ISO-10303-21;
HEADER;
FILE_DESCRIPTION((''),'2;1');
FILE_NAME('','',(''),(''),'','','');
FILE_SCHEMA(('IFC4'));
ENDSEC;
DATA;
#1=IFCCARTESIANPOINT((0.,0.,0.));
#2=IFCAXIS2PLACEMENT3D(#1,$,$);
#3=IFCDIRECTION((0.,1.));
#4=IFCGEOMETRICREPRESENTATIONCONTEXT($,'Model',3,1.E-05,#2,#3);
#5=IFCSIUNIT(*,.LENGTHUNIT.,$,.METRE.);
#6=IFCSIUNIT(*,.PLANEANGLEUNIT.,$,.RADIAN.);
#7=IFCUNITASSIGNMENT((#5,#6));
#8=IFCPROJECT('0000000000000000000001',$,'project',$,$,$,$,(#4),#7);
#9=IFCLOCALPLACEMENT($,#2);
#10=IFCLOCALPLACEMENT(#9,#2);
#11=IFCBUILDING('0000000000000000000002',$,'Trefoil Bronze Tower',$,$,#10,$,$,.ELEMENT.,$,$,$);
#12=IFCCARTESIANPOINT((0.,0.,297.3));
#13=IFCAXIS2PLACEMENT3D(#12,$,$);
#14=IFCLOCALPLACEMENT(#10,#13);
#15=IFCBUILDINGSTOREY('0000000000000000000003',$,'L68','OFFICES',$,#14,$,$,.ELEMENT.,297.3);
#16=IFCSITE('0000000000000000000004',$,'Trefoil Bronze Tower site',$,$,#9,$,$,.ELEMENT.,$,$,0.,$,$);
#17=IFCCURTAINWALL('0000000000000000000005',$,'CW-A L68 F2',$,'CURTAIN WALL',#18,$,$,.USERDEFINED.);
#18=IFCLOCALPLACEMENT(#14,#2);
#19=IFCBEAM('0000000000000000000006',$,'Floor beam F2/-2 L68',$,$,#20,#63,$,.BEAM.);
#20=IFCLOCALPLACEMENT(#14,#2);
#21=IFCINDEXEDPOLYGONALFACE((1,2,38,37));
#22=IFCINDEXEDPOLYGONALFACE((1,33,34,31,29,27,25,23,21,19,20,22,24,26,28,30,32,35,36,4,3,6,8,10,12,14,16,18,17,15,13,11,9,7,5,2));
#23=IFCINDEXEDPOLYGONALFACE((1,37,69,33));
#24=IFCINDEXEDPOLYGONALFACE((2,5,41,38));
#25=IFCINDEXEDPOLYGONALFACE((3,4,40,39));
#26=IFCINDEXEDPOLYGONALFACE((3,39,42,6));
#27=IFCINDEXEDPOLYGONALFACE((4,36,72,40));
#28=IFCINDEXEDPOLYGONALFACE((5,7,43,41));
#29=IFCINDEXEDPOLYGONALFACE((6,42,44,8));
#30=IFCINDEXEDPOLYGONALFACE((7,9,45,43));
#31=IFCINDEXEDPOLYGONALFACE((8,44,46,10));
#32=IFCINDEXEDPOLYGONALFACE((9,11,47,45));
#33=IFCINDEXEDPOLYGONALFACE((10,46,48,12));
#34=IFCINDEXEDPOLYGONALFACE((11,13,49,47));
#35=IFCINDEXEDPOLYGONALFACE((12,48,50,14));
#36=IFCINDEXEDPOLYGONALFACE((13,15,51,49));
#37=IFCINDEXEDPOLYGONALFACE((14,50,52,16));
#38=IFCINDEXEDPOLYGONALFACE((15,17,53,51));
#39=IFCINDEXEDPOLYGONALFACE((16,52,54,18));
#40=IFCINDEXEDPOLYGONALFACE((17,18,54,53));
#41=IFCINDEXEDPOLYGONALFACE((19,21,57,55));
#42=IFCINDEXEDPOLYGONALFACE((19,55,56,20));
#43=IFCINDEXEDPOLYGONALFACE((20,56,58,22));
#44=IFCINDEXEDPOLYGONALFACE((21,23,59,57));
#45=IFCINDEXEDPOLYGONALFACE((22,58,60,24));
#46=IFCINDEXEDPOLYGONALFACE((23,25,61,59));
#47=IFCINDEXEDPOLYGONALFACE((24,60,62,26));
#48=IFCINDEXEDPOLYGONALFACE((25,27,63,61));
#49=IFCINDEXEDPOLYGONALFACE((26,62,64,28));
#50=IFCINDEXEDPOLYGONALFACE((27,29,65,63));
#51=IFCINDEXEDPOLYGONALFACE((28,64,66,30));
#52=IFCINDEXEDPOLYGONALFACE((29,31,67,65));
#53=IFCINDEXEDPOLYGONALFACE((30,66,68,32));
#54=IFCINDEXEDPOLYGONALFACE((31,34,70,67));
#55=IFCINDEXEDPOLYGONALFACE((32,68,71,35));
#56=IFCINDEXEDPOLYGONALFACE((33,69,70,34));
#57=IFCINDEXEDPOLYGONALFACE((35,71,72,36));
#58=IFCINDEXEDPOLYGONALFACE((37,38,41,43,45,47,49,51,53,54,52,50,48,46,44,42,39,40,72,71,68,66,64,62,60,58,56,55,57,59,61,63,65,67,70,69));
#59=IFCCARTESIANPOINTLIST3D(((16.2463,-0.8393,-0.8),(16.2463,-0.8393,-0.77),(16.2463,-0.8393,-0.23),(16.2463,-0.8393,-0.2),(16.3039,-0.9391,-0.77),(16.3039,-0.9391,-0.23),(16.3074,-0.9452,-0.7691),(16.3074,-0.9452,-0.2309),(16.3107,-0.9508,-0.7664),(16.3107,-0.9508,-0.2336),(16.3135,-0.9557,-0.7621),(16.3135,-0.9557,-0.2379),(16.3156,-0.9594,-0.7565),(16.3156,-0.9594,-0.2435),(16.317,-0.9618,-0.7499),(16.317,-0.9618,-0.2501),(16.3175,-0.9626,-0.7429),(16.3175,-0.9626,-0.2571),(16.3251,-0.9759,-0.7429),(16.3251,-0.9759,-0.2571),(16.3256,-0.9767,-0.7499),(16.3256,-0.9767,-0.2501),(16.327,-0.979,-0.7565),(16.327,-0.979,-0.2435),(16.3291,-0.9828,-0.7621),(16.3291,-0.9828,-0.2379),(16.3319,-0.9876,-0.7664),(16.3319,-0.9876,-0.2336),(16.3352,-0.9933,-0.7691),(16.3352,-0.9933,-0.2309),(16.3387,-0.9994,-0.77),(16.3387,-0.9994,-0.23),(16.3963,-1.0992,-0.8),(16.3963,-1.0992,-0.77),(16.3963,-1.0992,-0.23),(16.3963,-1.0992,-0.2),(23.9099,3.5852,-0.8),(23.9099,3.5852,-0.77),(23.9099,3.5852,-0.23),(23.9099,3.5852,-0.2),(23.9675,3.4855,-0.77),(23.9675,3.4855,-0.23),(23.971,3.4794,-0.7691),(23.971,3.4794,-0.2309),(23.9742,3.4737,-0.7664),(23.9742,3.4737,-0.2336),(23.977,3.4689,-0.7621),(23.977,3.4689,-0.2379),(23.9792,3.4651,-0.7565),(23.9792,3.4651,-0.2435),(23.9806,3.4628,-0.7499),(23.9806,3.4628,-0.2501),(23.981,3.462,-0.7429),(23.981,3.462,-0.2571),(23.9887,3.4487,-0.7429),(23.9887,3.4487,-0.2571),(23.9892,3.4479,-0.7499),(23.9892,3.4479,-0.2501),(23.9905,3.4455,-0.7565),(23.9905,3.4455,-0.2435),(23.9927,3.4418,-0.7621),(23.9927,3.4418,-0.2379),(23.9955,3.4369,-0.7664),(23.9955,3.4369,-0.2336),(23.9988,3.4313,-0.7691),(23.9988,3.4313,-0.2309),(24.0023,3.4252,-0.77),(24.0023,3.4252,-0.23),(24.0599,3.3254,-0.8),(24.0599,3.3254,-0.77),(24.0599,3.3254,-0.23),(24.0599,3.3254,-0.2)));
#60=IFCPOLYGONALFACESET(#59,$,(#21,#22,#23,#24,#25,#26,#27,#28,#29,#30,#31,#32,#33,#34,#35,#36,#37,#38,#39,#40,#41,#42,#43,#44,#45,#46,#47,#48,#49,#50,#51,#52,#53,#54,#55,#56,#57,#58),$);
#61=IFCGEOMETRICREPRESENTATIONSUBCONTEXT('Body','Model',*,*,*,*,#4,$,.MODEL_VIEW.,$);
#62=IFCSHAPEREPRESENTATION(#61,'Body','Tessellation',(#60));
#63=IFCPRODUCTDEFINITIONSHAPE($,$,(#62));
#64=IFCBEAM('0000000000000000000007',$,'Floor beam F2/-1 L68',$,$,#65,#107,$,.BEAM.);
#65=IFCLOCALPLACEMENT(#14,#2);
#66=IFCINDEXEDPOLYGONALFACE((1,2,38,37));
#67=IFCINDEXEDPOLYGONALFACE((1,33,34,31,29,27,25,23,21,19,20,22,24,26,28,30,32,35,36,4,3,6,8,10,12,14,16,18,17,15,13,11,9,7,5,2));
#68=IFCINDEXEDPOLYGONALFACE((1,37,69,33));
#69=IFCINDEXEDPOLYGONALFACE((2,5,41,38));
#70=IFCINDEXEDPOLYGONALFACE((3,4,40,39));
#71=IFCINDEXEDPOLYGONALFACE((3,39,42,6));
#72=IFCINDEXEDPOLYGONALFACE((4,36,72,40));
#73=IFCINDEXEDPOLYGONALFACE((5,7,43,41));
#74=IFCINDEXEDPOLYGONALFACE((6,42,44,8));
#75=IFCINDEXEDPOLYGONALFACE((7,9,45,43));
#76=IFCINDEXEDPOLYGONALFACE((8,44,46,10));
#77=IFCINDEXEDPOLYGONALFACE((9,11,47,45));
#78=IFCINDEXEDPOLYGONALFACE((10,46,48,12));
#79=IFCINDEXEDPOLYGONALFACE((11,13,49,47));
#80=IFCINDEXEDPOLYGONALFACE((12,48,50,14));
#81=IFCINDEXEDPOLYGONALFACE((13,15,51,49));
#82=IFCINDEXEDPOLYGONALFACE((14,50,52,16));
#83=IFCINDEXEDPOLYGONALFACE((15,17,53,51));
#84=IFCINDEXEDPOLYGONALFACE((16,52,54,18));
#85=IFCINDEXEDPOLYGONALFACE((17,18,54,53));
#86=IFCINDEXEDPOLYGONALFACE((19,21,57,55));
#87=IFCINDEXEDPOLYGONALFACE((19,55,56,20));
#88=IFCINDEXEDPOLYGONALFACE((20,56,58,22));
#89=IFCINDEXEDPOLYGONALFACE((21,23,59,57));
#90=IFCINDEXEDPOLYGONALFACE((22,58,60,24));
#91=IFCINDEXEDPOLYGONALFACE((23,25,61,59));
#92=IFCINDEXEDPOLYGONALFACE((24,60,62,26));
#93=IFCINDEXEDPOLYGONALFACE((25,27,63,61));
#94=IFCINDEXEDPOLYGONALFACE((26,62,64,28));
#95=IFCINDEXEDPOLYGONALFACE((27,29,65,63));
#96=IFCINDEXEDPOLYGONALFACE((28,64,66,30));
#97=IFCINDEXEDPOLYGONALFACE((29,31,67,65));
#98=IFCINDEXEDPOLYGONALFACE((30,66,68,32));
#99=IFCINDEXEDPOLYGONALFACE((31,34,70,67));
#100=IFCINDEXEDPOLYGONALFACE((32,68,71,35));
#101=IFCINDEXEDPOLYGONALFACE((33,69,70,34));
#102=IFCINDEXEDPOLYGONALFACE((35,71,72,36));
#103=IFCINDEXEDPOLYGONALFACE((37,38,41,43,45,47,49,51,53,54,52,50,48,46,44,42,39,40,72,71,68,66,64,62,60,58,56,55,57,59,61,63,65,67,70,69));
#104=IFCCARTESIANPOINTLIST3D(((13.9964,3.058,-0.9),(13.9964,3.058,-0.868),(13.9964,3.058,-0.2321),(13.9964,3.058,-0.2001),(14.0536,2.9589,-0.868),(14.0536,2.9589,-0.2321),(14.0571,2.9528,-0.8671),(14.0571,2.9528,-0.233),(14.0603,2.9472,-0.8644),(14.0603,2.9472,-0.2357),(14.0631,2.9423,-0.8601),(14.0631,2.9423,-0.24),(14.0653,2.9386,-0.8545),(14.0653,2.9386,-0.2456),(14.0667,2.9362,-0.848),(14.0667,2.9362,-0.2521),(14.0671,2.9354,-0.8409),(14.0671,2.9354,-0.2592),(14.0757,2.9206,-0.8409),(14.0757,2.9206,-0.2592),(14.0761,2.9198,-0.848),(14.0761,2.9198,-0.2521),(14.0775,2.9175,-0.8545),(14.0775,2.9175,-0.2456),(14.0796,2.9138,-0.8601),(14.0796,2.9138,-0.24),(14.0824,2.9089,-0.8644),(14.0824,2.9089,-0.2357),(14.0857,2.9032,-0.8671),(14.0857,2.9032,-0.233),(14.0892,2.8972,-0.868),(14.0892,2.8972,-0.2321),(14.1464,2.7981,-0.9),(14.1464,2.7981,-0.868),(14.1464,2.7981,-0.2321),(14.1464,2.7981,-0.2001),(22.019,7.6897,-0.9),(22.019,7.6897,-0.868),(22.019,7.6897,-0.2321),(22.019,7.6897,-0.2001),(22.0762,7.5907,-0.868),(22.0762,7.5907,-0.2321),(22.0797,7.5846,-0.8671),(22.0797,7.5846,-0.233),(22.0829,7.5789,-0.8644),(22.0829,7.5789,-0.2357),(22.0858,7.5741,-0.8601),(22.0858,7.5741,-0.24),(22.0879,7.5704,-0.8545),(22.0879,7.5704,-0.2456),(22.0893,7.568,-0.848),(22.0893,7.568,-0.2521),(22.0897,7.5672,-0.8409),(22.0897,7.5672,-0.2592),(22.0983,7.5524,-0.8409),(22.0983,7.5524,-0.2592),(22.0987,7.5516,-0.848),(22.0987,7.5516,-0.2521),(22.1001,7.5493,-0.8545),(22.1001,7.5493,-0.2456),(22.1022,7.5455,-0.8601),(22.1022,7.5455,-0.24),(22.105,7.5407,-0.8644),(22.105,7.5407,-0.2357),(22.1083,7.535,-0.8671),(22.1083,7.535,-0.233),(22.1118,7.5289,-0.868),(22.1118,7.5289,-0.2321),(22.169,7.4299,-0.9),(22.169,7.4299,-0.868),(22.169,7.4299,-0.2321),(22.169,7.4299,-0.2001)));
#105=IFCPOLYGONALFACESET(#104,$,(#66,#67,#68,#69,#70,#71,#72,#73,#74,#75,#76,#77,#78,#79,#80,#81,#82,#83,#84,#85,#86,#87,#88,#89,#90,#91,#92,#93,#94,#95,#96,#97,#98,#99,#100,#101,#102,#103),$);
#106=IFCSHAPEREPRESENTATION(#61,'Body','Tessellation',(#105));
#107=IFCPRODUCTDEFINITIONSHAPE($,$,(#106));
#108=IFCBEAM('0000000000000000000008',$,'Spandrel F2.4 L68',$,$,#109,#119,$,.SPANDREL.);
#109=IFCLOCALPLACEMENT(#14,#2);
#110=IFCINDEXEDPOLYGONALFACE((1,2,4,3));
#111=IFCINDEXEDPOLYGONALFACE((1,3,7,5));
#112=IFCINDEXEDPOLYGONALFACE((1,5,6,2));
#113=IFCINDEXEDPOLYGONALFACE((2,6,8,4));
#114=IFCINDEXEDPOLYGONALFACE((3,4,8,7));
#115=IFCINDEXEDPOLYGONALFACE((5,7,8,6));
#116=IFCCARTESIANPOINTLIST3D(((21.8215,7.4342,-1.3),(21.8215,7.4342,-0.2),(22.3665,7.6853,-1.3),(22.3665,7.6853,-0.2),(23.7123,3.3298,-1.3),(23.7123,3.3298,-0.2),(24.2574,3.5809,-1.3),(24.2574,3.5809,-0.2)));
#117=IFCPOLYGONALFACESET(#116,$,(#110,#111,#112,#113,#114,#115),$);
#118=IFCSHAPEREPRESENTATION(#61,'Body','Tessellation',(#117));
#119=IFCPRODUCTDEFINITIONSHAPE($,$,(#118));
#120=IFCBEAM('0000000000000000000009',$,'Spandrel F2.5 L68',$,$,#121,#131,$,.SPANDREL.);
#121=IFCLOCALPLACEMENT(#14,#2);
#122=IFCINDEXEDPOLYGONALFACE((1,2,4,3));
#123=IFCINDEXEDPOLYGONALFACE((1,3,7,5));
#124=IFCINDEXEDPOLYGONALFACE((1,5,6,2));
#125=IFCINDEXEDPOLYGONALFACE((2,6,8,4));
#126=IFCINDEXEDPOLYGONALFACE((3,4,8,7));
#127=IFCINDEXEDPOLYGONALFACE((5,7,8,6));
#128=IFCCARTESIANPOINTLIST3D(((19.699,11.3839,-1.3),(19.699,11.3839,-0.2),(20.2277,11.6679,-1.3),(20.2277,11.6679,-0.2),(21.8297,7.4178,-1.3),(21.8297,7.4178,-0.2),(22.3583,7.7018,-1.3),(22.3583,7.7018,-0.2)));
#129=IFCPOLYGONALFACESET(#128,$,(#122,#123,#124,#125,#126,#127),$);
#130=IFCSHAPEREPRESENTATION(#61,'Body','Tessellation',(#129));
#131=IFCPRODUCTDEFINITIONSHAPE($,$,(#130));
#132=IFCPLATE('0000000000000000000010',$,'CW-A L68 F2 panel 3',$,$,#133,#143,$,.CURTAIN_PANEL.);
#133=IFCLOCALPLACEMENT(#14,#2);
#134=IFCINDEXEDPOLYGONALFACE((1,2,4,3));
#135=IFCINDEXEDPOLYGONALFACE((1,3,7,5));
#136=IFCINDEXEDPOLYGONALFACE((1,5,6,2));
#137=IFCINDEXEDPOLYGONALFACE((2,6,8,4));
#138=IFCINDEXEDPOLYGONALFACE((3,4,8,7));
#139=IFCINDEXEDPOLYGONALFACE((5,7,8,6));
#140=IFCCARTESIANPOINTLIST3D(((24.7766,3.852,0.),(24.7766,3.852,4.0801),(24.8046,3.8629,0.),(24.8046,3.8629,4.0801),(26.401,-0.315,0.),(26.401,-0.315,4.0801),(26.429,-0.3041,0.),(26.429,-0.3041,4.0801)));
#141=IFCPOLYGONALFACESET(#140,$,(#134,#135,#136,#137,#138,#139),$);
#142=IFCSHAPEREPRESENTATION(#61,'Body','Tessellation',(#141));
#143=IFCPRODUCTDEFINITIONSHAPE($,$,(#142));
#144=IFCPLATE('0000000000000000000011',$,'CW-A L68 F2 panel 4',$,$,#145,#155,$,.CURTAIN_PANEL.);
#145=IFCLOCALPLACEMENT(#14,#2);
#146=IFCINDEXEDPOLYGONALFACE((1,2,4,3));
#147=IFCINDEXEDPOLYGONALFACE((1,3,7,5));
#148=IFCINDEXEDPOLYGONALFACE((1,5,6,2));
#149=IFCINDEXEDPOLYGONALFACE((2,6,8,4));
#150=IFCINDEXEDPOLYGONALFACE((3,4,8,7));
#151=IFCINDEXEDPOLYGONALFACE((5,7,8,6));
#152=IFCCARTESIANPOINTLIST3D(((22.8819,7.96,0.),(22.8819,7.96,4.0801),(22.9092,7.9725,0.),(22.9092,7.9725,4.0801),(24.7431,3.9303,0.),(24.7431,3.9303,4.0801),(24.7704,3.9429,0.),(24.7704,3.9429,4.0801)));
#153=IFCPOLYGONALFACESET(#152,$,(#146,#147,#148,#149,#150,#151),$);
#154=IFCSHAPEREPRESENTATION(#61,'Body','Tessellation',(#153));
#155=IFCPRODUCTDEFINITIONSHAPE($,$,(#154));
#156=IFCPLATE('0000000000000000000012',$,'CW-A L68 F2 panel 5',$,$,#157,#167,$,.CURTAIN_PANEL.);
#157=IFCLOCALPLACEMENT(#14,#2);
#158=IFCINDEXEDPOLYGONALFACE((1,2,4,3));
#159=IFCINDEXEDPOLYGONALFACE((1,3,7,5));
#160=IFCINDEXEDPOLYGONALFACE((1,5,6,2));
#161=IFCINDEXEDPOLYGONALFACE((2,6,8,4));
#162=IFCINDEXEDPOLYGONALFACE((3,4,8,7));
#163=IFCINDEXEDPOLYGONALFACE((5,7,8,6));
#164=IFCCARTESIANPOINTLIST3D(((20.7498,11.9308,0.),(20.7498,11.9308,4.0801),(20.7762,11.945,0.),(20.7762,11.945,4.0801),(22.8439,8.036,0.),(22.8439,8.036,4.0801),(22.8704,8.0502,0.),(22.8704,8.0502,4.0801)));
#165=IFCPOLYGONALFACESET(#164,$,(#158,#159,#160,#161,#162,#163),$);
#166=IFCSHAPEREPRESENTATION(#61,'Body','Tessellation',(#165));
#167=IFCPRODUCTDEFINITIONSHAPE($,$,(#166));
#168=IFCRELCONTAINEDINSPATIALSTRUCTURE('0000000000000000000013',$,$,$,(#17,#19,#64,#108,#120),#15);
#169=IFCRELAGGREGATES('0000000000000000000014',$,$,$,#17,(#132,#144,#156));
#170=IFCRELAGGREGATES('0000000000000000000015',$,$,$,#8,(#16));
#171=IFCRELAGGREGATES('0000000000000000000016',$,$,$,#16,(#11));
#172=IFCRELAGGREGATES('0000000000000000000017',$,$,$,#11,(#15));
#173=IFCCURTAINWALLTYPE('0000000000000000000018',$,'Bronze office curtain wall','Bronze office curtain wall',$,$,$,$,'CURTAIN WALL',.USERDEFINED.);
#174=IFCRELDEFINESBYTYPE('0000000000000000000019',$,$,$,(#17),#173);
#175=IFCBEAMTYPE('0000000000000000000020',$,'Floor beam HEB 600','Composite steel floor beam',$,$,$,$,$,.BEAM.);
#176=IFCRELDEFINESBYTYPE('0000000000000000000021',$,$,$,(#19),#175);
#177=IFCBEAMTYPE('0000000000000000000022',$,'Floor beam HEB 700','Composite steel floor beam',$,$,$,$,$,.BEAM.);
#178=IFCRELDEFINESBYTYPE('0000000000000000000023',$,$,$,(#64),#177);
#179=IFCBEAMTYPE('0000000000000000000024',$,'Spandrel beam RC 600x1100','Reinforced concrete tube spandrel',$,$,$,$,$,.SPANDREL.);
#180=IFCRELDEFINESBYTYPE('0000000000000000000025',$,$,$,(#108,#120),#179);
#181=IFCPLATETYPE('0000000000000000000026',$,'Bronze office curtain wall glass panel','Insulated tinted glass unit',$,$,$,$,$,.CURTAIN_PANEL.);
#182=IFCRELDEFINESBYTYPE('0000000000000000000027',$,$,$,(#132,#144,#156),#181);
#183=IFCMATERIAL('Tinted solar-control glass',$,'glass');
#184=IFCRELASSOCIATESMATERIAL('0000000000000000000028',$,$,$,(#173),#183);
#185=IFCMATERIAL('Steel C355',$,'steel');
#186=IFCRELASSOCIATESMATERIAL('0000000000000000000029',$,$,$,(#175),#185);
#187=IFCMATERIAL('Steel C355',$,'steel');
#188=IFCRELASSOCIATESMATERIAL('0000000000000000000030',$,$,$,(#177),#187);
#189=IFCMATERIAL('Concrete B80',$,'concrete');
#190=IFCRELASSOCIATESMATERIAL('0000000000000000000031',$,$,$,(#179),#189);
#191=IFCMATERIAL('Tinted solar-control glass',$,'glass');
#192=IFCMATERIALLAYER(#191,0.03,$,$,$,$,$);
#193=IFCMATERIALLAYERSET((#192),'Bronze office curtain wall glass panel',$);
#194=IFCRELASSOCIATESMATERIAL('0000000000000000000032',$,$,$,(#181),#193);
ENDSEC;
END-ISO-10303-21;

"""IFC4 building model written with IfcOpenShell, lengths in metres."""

from ifc_helpers import new_model, si_unit, direction, frame, origin, origin_2d, place, context, subcontext, project, spatial, rectangle, i_section, extrude, material, layer, layer_set, material_profile, profile_set, type_object, element, aggregate, save


model = new_model("IFC4")

# Units and contexts
model_context = context("Model", 3, precision=1e-05, world=origin(), true_north=direction((0.0, 1.0)))
body_context = subcontext(model_context, "Body", "Model", "MODEL_VIEW")
ifc_project = project(units=[si_unit("LENGTHUNIT", "METRE"), si_unit("PLANEANGLEUNIT", "RADIAN")], contexts=[model_context])

# Site, building, storey
site_placement = place(None, origin())
site = spatial("IfcSite", under=ifc_project, at=site_placement, Name="Trefoil Bronze Tower site", CompositionType="ELEMENT", RefElevation=0.0)
building_placement = place(site_placement, origin())
building = spatial("IfcBuilding", under=site, at=building_placement, Name="Trefoil Bronze Tower", CompositionType="ELEMENT")
storey_placement = place(building_placement, frame((0.0, 0.0, 297.3)))
storey = spatial("IfcBuildingStorey", under=building, at=storey_placement, Name="L68", Description="OFFICES", CompositionType="ELEMENT", Elevation=297.3)

# Curtain wall
ifc_material_1 = material(Name="Tinted solar-control glass", Category="glass")
curtain_wall_type = type_object("IfcCurtainWallType", Name="Bronze office curtain wall", Description="Bronze office curtain wall", ElementType="CURTAIN WALL", PredefinedType="USERDEFINED", material=ifc_material_1)
curtain_wall_placement = place(storey_placement, origin())
curtain_wall = element("IfcCurtainWall", 1, at=curtain_wall_placement, inside=storey, type_object=curtain_wall_type, Name="CW-A L68 F2", ObjectType="CURTAIN WALL", PredefinedType="USERDEFINED")

# Beams
ifc_material_2 = material(Name="Steel C355", Category="steel")
ifc_material_profile_1 = material_profile(ifc_material_2, i_section(OverallWidth=0.3, OverallDepth=0.6001, WebThickness=0.0154, FlangeThickness=0.03, FilletRadius=0.0271, at=origin_2d()), Name="HEB 600")
ifc_profile_set_1 = profile_set([ifc_material_profile_1], Name="Steel C355")
beam_type_1 = type_object("IfcBeamType", Name="Floor beam HEB 600", Description="Composite steel floor beam", PredefinedType="BEAM", material=ifc_profile_set_1)
beam_1_placement = place(storey_placement, frame((23.9849, 3.4553, -0.5), z_axis=(-0.866026, -0.499999, 0.0), x_axis=(0.499999, -0.866026, 0.0)))
element("IfcBeam", 2, at=beam_1_placement, inside=storey, type_object=beam_type_1, Name="Floor beam F2/-2 L68", PredefinedType="BEAM", context=body_context, shape_type="SweptSolid", body=[
    extrude(i_section(OverallWidth=0.3, OverallDepth=0.6001, WebThickness=0.0154, FlangeThickness=0.03, FilletRadius=0.0271, at=origin_2d()), origin(), (0.0, 0.0, 1.0), 8.8491),
])
ifc_material_3 = material(Name="Steel C355", Category="steel")
ifc_material_profile_2 = material_profile(ifc_material_3, i_section(OverallWidth=0.3, OverallDepth=0.7, WebThickness=0.0171, FlangeThickness=0.032, FilletRadius=0.0271, at=origin_2d()), Name="HEB 700")
ifc_profile_set_2 = profile_set([ifc_material_profile_2], Name="Steel C355")
beam_type_2 = type_object("IfcBeamType", Name="Floor beam HEB 700", Description="Composite steel floor beam", PredefinedType="BEAM", material=ifc_profile_set_2)
beam_2_placement = place(storey_placement, frame((22.094, 7.5598, -0.55), z_axis=(-0.866029, -0.499994, 0.0), x_axis=(0.499994, -0.866029, 0.0)))
element("IfcBeam", 3, at=beam_2_placement, inside=storey, type_object=beam_type_2, Name="Floor beam F2/-1 L68", PredefinedType="BEAM", context=body_context, shape_type="SweptSolid", body=[
    extrude(i_section(OverallWidth=0.3, OverallDepth=0.7, WebThickness=0.0171, FlangeThickness=0.032, FilletRadius=0.0271, at=origin_2d()), origin(), (0.0, 0.0, 1.0), 9.2637),
])
ifc_material_4 = material(Name="Concrete B80", Category="concrete")
ifc_material_profile_3 = material_profile(ifc_material_4, rectangle(XDim=0.6001, YDim=1.1001, at=origin_2d()), Name="RC 600x1100")
ifc_profile_set_3 = profile_set([ifc_material_profile_3], Name="Concrete B80")
beam_type_3 = type_object("IfcBeamType", Name="Spandrel beam RC 600x1100", Description="Reinforced concrete tube spandrel", PredefinedType="SPANDREL", material=ifc_profile_set_3)
beam_3_placement = place(storey_placement, frame((23.9849, 3.4553, -0.75), z_axis=(-0.418417, 0.908255, 0.0), x_axis=(-0.908255, -0.418417, 0.0)))
element("IfcBeam", 4, at=beam_3_placement, inside=storey, type_object=beam_type_3, Name="Spandrel F2.4 L68", PredefinedType="SPANDREL", context=body_context, shape_type="SweptSolid", body=[
    extrude(rectangle(XDim=0.6001, YDim=1.1001, at=origin_2d()), origin(), (0.0, 0.0, 1.0), 4.519),
])
beam_4_placement = place(storey_placement, frame((22.094, 7.5598, -0.75), z_axis=(-0.473246, 0.88093, 0.0), x_axis=(-0.88093, -0.473246, 0.0)))
element("IfcBeam", 5, at=beam_4_placement, inside=storey, type_object=beam_type_3, Name="Spandrel F2.5 L68", PredefinedType="SPANDREL", context=body_context, shape_type="SweptSolid", body=[
    extrude(rectangle(XDim=0.6001, YDim=1.1001, at=origin_2d()), origin(), (0.0, 0.0, 1.0), 4.5022),
])

# Plates
ifc_material_5 = material(Name="Tinted solar-control glass", Category="glass")
ifc_layer_1 = layer(ifc_material_5, 0.03)
ifc_layer_set_1 = layer_set([ifc_layer_1], Name="Bronze office curtain wall glass panel")
plate_type = type_object("IfcPlateType", Name="Bronze office curtain wall glass panel", Description="Insulated tinted glass unit", PredefinedType="CURTAIN_PANEL", material=ifc_layer_set_1)
plate_1_placement = place(storey_placement, frame((25.6028, 1.7739, 0.0), z_axis=(0.0, 0.0, 1.0), x_axis=(-0.363199, 0.931712, 0.0)))
plate_1 = element("IfcPlate", 6, at=plate_1_placement, type_object=plate_type, Name="CW-A L68 F2 panel 3", PredefinedType="CURTAIN_PANEL", context=body_context, shape_type="SweptSolid", body=[
    extrude(rectangle(XDim=4.4724, YDim=0.03, at=origin_2d()), origin(), (0.0, 0.0, 1.0), 4.0801),
])
plate_2_placement = place(storey_placement, frame((23.8262, 5.9514, 0.0), z_axis=(0.0, 0.0, 1.0), x_axis=(-0.419309, 0.907844, 0.0)))
plate_2 = element("IfcPlate", 7, at=plate_2_placement, type_object=plate_type, Name="CW-A L68 F2 panel 4", PredefinedType="CURTAIN_PANEL", context=body_context, shape_type="SweptSolid", body=[
    extrude(rectangle(XDim=4.4387, YDim=0.03, at=origin_2d()), origin(), (0.0, 0.0, 1.0), 4.0801),
])
plate_3_placement = place(storey_placement, frame((21.8101, 9.9905, 0.0), z_axis=(0.0, 0.0, 1.0), x_axis=(-0.473562, 0.88076, 0.0)))
plate_3 = element("IfcPlate", 8, at=plate_3_placement, type_object=plate_type, Name="CW-A L68 F2 panel 5", PredefinedType="CURTAIN_PANEL", context=body_context, shape_type="SweptSolid", body=[
    extrude(rectangle(XDim=4.4221, YDim=0.03, at=origin_2d()), origin(), (0.0, 0.0, 1.0), 4.0801),
])
aggregate(curtain_wall, [plate_1, plate_2, plate_3])

save(model, "model.ifc")
